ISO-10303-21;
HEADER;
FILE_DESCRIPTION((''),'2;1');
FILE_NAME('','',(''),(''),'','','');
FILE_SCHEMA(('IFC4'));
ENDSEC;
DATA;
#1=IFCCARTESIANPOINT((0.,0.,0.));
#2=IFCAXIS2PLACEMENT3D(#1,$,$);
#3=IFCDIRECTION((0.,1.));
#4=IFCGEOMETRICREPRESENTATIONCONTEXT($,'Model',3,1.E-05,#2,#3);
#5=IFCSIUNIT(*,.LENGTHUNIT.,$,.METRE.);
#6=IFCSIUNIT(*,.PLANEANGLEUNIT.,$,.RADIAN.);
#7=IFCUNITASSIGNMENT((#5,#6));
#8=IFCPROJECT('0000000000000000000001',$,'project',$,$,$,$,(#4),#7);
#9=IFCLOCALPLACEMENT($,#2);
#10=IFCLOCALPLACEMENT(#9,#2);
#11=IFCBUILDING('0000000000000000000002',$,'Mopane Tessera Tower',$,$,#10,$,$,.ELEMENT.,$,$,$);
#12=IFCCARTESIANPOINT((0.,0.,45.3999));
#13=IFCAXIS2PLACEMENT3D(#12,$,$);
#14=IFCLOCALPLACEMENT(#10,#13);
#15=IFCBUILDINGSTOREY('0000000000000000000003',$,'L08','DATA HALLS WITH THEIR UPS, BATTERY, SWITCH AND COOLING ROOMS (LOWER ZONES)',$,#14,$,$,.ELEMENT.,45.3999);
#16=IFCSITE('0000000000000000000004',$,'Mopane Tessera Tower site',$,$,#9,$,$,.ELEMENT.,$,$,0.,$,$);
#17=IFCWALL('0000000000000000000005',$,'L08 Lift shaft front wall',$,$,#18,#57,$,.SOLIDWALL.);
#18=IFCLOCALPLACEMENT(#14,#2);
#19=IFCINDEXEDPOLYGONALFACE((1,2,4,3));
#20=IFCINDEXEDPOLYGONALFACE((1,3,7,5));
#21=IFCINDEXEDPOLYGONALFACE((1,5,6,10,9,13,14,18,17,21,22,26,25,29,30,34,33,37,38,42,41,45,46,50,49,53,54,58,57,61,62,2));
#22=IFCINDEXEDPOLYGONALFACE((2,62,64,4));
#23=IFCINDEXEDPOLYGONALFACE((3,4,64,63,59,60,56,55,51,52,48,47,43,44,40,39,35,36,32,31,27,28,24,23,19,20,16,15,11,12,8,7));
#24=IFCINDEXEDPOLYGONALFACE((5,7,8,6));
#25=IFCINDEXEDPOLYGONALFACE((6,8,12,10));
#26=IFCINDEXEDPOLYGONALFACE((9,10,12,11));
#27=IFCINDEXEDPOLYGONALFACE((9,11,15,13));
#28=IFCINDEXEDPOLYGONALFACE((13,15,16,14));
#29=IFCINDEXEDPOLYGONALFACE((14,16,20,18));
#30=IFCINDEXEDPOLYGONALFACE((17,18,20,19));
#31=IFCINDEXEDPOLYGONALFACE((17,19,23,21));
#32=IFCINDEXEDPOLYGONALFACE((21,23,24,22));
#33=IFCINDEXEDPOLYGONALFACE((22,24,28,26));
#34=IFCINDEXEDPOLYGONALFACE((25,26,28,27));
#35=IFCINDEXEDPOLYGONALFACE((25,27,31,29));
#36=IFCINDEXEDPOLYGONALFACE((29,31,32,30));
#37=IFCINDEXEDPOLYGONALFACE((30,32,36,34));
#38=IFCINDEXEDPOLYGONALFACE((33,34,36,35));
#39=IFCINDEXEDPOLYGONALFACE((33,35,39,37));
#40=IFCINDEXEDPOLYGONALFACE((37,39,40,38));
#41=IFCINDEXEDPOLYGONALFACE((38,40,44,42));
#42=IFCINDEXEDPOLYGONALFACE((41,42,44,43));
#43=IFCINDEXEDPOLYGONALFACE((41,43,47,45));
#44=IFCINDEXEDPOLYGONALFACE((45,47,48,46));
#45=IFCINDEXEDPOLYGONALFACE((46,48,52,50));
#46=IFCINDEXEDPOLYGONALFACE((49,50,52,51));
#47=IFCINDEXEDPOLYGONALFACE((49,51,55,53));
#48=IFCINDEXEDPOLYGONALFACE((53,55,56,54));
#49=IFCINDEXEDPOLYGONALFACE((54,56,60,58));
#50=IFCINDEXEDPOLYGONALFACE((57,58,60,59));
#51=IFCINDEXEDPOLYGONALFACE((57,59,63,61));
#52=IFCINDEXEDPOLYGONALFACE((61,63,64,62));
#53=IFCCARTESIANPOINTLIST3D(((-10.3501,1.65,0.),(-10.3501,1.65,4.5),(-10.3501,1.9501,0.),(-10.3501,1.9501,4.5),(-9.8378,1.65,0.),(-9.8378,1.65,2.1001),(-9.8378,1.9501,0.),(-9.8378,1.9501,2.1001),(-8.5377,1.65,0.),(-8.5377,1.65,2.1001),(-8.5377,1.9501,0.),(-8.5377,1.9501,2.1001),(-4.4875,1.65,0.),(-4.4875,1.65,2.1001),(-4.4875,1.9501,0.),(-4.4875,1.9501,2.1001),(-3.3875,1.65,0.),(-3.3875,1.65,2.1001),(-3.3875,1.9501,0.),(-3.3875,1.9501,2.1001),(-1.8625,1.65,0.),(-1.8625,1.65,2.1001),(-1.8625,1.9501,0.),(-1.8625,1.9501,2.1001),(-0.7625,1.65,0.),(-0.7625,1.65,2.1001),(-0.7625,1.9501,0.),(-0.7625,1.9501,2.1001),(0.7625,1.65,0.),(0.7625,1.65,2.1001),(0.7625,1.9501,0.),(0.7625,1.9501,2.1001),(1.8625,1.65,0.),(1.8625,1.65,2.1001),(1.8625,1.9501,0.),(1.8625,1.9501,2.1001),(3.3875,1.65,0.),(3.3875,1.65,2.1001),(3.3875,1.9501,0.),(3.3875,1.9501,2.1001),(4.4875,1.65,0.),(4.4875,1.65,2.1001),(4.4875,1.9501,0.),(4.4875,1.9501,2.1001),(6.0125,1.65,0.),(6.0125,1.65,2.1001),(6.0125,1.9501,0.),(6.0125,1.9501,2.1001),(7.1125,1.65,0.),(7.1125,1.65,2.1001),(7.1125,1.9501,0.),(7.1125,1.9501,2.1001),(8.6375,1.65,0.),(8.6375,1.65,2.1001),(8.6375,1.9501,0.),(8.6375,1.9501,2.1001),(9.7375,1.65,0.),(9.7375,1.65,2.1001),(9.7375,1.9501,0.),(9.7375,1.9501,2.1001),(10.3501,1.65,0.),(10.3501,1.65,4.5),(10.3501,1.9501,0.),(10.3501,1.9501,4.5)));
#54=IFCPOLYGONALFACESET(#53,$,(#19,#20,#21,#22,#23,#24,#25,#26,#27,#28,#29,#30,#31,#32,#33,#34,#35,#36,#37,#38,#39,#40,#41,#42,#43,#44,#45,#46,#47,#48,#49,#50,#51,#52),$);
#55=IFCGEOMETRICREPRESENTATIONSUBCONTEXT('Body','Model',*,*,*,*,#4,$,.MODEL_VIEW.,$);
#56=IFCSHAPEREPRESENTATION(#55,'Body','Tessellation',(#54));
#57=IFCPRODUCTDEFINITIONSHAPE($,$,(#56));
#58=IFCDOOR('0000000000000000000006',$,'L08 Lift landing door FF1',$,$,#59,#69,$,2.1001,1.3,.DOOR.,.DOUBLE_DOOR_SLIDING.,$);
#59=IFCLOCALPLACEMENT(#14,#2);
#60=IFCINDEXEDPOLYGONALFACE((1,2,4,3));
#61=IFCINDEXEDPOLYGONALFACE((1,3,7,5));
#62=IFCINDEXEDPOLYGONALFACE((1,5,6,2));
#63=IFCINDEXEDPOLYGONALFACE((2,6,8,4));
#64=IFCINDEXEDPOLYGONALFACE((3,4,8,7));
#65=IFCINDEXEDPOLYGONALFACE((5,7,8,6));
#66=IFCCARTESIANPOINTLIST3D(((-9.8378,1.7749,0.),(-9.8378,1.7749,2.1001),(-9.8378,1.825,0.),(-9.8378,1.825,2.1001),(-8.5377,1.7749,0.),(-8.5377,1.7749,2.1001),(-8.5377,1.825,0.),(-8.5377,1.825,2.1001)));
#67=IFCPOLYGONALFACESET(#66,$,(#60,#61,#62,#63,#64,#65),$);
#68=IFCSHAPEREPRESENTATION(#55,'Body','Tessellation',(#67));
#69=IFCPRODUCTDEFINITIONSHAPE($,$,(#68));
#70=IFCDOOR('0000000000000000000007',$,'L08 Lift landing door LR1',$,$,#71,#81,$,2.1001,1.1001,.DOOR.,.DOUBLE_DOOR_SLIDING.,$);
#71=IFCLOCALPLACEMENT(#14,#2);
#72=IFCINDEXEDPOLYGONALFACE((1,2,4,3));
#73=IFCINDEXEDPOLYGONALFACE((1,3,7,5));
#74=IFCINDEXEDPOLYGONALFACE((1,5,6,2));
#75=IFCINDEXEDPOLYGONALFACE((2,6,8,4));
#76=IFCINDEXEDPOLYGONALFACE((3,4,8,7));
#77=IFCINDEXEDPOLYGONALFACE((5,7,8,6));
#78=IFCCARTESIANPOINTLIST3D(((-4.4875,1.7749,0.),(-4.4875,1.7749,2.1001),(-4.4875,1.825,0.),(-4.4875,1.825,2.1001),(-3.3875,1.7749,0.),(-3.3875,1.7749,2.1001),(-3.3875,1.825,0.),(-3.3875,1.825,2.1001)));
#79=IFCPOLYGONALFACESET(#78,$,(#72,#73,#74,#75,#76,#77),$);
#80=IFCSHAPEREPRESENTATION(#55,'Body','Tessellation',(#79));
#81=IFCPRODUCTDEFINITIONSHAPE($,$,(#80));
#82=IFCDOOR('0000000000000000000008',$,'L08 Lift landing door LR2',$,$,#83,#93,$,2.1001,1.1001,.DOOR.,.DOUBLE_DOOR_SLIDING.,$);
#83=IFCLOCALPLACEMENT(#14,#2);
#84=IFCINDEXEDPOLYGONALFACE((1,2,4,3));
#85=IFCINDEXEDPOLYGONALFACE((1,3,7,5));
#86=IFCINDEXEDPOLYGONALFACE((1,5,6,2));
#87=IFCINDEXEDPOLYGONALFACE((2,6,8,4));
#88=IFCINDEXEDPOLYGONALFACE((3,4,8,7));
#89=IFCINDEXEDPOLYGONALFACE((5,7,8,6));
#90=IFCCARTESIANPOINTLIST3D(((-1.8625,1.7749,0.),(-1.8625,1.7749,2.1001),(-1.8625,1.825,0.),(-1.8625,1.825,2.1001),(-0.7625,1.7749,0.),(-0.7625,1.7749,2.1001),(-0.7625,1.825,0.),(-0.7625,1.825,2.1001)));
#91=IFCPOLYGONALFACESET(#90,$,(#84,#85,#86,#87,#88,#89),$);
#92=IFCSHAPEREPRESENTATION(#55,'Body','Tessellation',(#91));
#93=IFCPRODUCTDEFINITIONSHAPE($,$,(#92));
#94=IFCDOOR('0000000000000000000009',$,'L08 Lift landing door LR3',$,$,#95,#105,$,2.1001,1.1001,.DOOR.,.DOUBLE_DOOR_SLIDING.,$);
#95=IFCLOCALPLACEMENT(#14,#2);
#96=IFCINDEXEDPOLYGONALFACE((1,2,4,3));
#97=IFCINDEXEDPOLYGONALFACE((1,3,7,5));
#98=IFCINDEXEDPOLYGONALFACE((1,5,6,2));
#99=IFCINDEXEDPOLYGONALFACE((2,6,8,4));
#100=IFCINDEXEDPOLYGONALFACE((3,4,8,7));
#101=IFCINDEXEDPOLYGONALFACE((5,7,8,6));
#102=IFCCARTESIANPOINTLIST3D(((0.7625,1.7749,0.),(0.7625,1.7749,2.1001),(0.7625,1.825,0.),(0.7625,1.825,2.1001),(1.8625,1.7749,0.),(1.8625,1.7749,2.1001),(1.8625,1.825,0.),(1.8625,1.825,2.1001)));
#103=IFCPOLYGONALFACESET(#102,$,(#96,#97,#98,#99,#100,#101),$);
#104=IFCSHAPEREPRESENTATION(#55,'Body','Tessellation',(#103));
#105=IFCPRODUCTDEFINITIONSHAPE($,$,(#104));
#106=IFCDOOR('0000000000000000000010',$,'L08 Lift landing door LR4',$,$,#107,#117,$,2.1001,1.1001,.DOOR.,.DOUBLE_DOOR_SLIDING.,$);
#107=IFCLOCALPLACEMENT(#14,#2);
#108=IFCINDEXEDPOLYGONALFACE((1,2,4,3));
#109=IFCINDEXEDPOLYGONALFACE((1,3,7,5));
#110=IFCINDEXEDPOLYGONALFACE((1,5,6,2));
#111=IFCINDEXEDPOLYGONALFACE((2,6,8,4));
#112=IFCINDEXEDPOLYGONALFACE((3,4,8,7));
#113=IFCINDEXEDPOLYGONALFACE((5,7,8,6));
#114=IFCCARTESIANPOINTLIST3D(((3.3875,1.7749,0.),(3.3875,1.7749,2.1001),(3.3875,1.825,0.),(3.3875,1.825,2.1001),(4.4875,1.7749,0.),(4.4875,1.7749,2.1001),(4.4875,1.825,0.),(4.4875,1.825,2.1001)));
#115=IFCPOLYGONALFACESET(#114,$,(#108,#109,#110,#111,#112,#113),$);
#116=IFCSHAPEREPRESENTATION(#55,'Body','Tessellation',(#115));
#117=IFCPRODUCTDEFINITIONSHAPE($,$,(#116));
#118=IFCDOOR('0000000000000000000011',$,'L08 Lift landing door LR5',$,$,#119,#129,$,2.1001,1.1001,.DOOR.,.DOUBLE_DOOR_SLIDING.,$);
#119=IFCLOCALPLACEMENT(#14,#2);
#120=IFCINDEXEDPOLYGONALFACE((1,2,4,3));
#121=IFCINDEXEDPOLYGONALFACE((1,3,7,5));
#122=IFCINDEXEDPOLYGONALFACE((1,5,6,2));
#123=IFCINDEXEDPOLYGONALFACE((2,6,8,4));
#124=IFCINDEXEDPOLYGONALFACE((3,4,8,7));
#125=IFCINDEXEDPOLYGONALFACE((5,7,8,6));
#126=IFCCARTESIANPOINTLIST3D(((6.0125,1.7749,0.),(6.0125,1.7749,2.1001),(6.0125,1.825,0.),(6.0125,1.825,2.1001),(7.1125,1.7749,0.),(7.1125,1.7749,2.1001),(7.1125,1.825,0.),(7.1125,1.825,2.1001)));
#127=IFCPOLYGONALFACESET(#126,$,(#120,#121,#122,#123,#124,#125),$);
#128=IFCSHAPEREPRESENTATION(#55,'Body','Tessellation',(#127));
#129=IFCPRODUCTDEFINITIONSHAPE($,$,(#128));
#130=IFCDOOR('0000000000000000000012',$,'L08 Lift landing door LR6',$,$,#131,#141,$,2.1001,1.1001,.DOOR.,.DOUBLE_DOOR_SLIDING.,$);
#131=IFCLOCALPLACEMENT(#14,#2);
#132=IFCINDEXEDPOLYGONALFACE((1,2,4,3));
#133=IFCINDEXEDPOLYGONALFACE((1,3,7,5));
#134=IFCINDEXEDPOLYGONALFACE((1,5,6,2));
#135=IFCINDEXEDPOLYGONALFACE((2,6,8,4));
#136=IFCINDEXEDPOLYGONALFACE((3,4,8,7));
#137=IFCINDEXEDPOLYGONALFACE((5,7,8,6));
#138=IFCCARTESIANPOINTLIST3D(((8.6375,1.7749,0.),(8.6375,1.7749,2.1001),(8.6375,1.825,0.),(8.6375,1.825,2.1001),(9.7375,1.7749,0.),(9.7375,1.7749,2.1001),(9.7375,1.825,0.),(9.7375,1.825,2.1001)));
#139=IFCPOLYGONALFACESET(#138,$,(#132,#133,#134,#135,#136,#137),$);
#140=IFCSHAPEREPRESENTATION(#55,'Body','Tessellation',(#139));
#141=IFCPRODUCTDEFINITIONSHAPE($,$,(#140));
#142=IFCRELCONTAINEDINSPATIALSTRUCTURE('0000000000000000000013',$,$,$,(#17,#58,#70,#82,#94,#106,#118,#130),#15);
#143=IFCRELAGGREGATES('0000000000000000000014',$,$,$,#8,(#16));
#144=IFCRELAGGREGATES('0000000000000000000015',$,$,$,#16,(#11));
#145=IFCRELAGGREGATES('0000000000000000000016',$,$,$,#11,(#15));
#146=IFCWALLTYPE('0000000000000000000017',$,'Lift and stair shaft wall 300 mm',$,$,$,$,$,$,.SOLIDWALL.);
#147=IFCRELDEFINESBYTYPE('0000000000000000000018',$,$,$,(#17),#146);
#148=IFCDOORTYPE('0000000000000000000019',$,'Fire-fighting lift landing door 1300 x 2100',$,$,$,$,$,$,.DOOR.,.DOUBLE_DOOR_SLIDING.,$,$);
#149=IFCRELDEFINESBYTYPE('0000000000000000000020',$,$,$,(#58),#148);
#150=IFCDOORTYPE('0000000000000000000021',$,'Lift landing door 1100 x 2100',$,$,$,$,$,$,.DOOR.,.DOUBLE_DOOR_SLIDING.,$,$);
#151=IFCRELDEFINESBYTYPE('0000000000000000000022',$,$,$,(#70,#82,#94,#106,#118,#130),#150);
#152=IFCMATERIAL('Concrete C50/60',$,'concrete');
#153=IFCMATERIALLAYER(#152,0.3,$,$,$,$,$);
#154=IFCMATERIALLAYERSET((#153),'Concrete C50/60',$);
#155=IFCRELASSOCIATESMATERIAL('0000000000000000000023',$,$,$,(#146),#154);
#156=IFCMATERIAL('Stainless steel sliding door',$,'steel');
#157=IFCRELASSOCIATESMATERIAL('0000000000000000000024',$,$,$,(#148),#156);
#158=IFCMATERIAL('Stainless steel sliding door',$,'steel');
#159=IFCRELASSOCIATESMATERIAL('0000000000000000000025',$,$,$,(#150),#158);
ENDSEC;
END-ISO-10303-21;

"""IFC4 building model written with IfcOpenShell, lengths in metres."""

from ifc_helpers import new_model, si_unit, direction, frame, frame_2d, origin, place, context, subcontext, project, spatial, rectangle, extrude, material, layer, layer_set, type_object, element, fill, save


model = new_model("IFC4")

# Units and contexts
model_context = context("Model", 3, precision=1e-05, world=origin(), true_north=direction((0.0, 1.0)))
body_context = subcontext(model_context, "Body", "Model", "MODEL_VIEW")
ifc_project = project(units=[si_unit("LENGTHUNIT", "METRE"), si_unit("PLANEANGLEUNIT", "RADIAN")], contexts=[model_context])

# Site, building, storey
site_placement = place(None, origin())
site = spatial("IfcSite", under=ifc_project, at=site_placement, Name="Mopane Tessera Tower site", CompositionType="ELEMENT", RefElevation=0.0)
building_placement = place(site_placement, origin())
building = spatial("IfcBuilding", under=site, at=building_placement, Name="Mopane Tessera Tower", CompositionType="ELEMENT")
storey_placement = place(building_placement, frame((0.0, 0.0, 45.3999)))
storey = spatial("IfcBuildingStorey", under=building, at=storey_placement, Name="L08", Description="DATA HALLS WITH THEIR UPS, BATTERY, SWITCH AND COOLING ROOMS (LOWER ZONES)", CompositionType="ELEMENT", Elevation=45.3999)

# Shared definitions
ifc_material_1 = material(Name="Concrete C50/60", Category="concrete")
ifc_layer_1 = layer(ifc_material_1, 0.3)
ifc_layer_set_1 = layer_set([ifc_layer_1], Name="Concrete C50/60")
wall_type_1 = type_object("IfcWallType", Name="Lift and stair shaft wall 300 mm", PredefinedType="SOLIDWALL", material=ifc_layer_set_1)

# Wall, openings, doors
wall_1_placement = place(storey_placement, frame((-10.3501, 1.8, 0.0), z_axis=(0.0, 0.0, 1.0), x_axis=(1.0, 0.0, 0.0)))
wall_1 = element("IfcWall", 1, at=wall_1_placement, inside=storey, type_object=wall_type_1, Name="L08 Lift shaft front wall", PredefinedType="SOLIDWALL", context=body_context, shape_type="SweptSolid", body=[
    extrude(rectangle(XDim=20.7002, YDim=0.3, at=frame_2d((10.3501, 0.0))), origin(), (0.0, 0.0, 1.0), 4.5),
])
opening_1_placement = place(wall_1_placement, frame((0.5125, 0.0, 0.0)))
opening_1 = element("IfcOpeningElement", 2, at=opening_1_placement, cuts=wall_1, PredefinedType="OPENING", context=body_context, shape_type="SweptSolid", body=[
    extrude(rectangle(XDim=1.3, YDim=2.1001, at=frame_2d((0.6499, 1.05))), frame((0.0, 0.1621, 0.0), z_axis=(0.0, -1.0, 0.0), x_axis=(1.0, 0.0, 0.0)), (0.0, 0.0, 1.0), 0.324),
])
opening_2_placement = place(wall_1_placement, frame((5.8625, 0.0, 0.0)))
opening_2 = element("IfcOpeningElement", 3, at=opening_2_placement, cuts=wall_1, PredefinedType="OPENING", context=body_context, shape_type="SweptSolid", body=[
    extrude(rectangle(XDim=1.1001, YDim=2.1001, at=frame_2d((0.55, 1.05))), frame((0.0, 0.1621, 0.0), z_axis=(0.0, -1.0, 0.0), x_axis=(1.0, 0.0, 0.0)), (0.0, 0.0, 1.0), 0.324),
])
opening_3_placement = place(wall_1_placement, frame((8.4875, 0.0, 0.0)))
opening_3 = element("IfcOpeningElement", 4, at=opening_3_placement, cuts=wall_1, PredefinedType="OPENING", context=body_context, shape_type="SweptSolid", body=[
    extrude(rectangle(XDim=1.1001, YDim=2.1001, at=frame_2d((0.55, 1.05))), frame((0.0, 0.1621, 0.0), z_axis=(0.0, -1.0, 0.0), x_axis=(1.0, 0.0, 0.0)), (0.0, 0.0, 1.0), 0.324),
])
opening_4_placement = place(wall_1_placement, frame((11.1125, 0.0, 0.0)))
opening_4 = element("IfcOpeningElement", 5, at=opening_4_placement, cuts=wall_1, PredefinedType="OPENING", context=body_context, shape_type="SweptSolid", body=[
    extrude(rectangle(XDim=1.1001, YDim=2.1001, at=frame_2d((0.55, 1.05))), frame((0.0, 0.1621, 0.0), z_axis=(0.0, -1.0, 0.0), x_axis=(1.0, 0.0, 0.0)), (0.0, 0.0, 1.0), 0.324),
])
opening_5_placement = place(wall_1_placement, frame((13.7375, 0.0, 0.0)))
opening_5 = element("IfcOpeningElement", 6, at=opening_5_placement, cuts=wall_1, PredefinedType="OPENING", context=body_context, shape_type="SweptSolid", body=[
    extrude(rectangle(XDim=1.1001, YDim=2.1001, at=frame_2d((0.55, 1.05))), frame((0.0, 0.1621, 0.0), z_axis=(0.0, -1.0, 0.0), x_axis=(1.0, 0.0, 0.0)), (0.0, 0.0, 1.0), 0.324),
])
opening_6_placement = place(wall_1_placement, frame((16.3625, 0.0, 0.0)))
opening_6 = element("IfcOpeningElement", 7, at=opening_6_placement, cuts=wall_1, PredefinedType="OPENING", context=body_context, shape_type="SweptSolid", body=[
    extrude(rectangle(XDim=1.1001, YDim=2.1001, at=frame_2d((0.55, 1.05))), frame((0.0, 0.1621, 0.0), z_axis=(0.0, -1.0, 0.0), x_axis=(1.0, 0.0, 0.0)), (0.0, 0.0, 1.0), 0.324),
])
opening_7_placement = place(wall_1_placement, frame((18.9875, 0.0, 0.0)))
opening_7 = element("IfcOpeningElement", 8, at=opening_7_placement, cuts=wall_1, PredefinedType="OPENING", context=body_context, shape_type="SweptSolid", body=[
    extrude(rectangle(XDim=1.1001, YDim=2.1001, at=frame_2d((0.55, 1.05))), frame((0.0, 0.1621, 0.0), z_axis=(0.0, -1.0, 0.0), x_axis=(1.0, 0.0, 0.0)), (0.0, 0.0, 1.0), 0.324),
])
ifc_material_2 = material(Name="Stainless steel sliding door", Category="steel")
door_type_1 = type_object("IfcDoorType", Name="Fire-fighting lift landing door 1300 x 2100", OperationType="DOUBLE_DOOR_SLIDING", PredefinedType="DOOR", material=ifc_material_2)
door_1_placement = place(opening_1_placement, origin())
door_1 = element("IfcDoor", 9, at=door_1_placement, inside=storey, type_object=door_type_1, Name="L08 Lift landing door FF1", OperationType="DOUBLE_DOOR_SLIDING", OverallHeight=2.1001, OverallWidth=1.3, PredefinedType="DOOR", context=body_context, shape_type="SweptSolid", body=[
    extrude(rectangle(XDim=1.3, YDim=2.1001, at=frame_2d((0.6499, 1.05))), frame((0.0, 0.0249, 0.0), z_axis=(0.0, -1.0, 0.0), x_axis=(1.0, 0.0, 0.0)), (0.0, 0.0, 1.0), 0.05),
])
fill(opening_1, door_1)
ifc_material_3 = material(Name="Stainless steel sliding door", Category="steel")
door_type_2 = type_object("IfcDoorType", Name="Lift landing door 1100 x 2100", OperationType="DOUBLE_DOOR_SLIDING", PredefinedType="DOOR", material=ifc_material_3)
door_2_placement = place(opening_2_placement, origin())
door_2 = element("IfcDoor", 10, at=door_2_placement, inside=storey, type_object=door_type_2, Name="L08 Lift landing door LR1", OperationType="DOUBLE_DOOR_SLIDING", OverallHeight=2.1001, OverallWidth=1.1001, PredefinedType="DOOR", context=body_context, shape_type="SweptSolid", body=[
    extrude(rectangle(XDim=1.1001, YDim=2.1001, at=frame_2d((0.55, 1.05))), frame((0.0, 0.0249, 0.0), z_axis=(0.0, -1.0, 0.0), x_axis=(1.0, 0.0, 0.0)), (0.0, 0.0, 1.0), 0.05),
])
fill(opening_2, door_2)
door_3_placement = place(opening_3_placement, origin())
door_3 = element("IfcDoor", 11, at=door_3_placement, inside=storey, type_object=door_type_2, Name="L08 Lift landing door LR2", OperationType="DOUBLE_DOOR_SLIDING", OverallHeight=2.1001, OverallWidth=1.1001, PredefinedType="DOOR", context=body_context, shape_type="SweptSolid", body=[
    extrude(rectangle(XDim=1.1001, YDim=2.1001, at=frame_2d((0.55, 1.05))), frame((0.0, 0.0249, 0.0), z_axis=(0.0, -1.0, 0.0), x_axis=(1.0, 0.0, 0.0)), (0.0, 0.0, 1.0), 0.05),
])
fill(opening_3, door_3)
door_4_placement = place(opening_4_placement, origin())
door_4 = element("IfcDoor", 12, at=door_4_placement, inside=storey, type_object=door_type_2, Name="L08 Lift landing door LR3", OperationType="DOUBLE_DOOR_SLIDING", OverallHeight=2.1001, OverallWidth=1.1001, PredefinedType="DOOR", context=body_context, shape_type="SweptSolid", body=[
    extrude(rectangle(XDim=1.1001, YDim=2.1001, at=frame_2d((0.55, 1.05))), frame((0.0, 0.0249, 0.0), z_axis=(0.0, -1.0, 0.0), x_axis=(1.0, 0.0, 0.0)), (0.0, 0.0, 1.0), 0.05),
])
fill(opening_4, door_4)
door_5_placement = place(opening_5_placement, origin())
door_5 = element("IfcDoor", 13, at=door_5_placement, inside=storey, type_object=door_type_2, Name="L08 Lift landing door LR4", OperationType="DOUBLE_DOOR_SLIDING", OverallHeight=2.1001, OverallWidth=1.1001, PredefinedType="DOOR", context=body_context, shape_type="SweptSolid", body=[
    extrude(rectangle(XDim=1.1001, YDim=2.1001, at=frame_2d((0.55, 1.05))), frame((0.0, 0.0249, 0.0), z_axis=(0.0, -1.0, 0.0), x_axis=(1.0, 0.0, 0.0)), (0.0, 0.0, 1.0), 0.05),
])
fill(opening_5, door_5)
door_6_placement = place(opening_6_placement, origin())
door_6 = element("IfcDoor", 14, at=door_6_placement, inside=storey, type_object=door_type_2, Name="L08 Lift landing door LR5", OperationType="DOUBLE_DOOR_SLIDING", OverallHeight=2.1001, OverallWidth=1.1001, PredefinedType="DOOR", context=body_context, shape_type="SweptSolid", body=[
    extrude(rectangle(XDim=1.1001, YDim=2.1001, at=frame_2d((0.55, 1.05))), frame((0.0, 0.0249, 0.0), z_axis=(0.0, -1.0, 0.0), x_axis=(1.0, 0.0, 0.0)), (0.0, 0.0, 1.0), 0.05),
])
fill(opening_6, door_6)
door_7_placement = place(opening_7_placement, origin())
door_7 = element("IfcDoor", 15, at=door_7_placement, inside=storey, type_object=door_type_2, Name="L08 Lift landing door LR6", OperationType="DOUBLE_DOOR_SLIDING", OverallHeight=2.1001, OverallWidth=1.1001, PredefinedType="DOOR", context=body_context, shape_type="SweptSolid", body=[
    extrude(rectangle(XDim=1.1001, YDim=2.1001, at=frame_2d((0.55, 1.05))), frame((0.0, 0.0249, 0.0), z_axis=(0.0, -1.0, 0.0), x_axis=(1.0, 0.0, 0.0)), (0.0, 0.0, 1.0), 0.05),
])
fill(opening_7, door_7)

save(model, "model.ifc")
